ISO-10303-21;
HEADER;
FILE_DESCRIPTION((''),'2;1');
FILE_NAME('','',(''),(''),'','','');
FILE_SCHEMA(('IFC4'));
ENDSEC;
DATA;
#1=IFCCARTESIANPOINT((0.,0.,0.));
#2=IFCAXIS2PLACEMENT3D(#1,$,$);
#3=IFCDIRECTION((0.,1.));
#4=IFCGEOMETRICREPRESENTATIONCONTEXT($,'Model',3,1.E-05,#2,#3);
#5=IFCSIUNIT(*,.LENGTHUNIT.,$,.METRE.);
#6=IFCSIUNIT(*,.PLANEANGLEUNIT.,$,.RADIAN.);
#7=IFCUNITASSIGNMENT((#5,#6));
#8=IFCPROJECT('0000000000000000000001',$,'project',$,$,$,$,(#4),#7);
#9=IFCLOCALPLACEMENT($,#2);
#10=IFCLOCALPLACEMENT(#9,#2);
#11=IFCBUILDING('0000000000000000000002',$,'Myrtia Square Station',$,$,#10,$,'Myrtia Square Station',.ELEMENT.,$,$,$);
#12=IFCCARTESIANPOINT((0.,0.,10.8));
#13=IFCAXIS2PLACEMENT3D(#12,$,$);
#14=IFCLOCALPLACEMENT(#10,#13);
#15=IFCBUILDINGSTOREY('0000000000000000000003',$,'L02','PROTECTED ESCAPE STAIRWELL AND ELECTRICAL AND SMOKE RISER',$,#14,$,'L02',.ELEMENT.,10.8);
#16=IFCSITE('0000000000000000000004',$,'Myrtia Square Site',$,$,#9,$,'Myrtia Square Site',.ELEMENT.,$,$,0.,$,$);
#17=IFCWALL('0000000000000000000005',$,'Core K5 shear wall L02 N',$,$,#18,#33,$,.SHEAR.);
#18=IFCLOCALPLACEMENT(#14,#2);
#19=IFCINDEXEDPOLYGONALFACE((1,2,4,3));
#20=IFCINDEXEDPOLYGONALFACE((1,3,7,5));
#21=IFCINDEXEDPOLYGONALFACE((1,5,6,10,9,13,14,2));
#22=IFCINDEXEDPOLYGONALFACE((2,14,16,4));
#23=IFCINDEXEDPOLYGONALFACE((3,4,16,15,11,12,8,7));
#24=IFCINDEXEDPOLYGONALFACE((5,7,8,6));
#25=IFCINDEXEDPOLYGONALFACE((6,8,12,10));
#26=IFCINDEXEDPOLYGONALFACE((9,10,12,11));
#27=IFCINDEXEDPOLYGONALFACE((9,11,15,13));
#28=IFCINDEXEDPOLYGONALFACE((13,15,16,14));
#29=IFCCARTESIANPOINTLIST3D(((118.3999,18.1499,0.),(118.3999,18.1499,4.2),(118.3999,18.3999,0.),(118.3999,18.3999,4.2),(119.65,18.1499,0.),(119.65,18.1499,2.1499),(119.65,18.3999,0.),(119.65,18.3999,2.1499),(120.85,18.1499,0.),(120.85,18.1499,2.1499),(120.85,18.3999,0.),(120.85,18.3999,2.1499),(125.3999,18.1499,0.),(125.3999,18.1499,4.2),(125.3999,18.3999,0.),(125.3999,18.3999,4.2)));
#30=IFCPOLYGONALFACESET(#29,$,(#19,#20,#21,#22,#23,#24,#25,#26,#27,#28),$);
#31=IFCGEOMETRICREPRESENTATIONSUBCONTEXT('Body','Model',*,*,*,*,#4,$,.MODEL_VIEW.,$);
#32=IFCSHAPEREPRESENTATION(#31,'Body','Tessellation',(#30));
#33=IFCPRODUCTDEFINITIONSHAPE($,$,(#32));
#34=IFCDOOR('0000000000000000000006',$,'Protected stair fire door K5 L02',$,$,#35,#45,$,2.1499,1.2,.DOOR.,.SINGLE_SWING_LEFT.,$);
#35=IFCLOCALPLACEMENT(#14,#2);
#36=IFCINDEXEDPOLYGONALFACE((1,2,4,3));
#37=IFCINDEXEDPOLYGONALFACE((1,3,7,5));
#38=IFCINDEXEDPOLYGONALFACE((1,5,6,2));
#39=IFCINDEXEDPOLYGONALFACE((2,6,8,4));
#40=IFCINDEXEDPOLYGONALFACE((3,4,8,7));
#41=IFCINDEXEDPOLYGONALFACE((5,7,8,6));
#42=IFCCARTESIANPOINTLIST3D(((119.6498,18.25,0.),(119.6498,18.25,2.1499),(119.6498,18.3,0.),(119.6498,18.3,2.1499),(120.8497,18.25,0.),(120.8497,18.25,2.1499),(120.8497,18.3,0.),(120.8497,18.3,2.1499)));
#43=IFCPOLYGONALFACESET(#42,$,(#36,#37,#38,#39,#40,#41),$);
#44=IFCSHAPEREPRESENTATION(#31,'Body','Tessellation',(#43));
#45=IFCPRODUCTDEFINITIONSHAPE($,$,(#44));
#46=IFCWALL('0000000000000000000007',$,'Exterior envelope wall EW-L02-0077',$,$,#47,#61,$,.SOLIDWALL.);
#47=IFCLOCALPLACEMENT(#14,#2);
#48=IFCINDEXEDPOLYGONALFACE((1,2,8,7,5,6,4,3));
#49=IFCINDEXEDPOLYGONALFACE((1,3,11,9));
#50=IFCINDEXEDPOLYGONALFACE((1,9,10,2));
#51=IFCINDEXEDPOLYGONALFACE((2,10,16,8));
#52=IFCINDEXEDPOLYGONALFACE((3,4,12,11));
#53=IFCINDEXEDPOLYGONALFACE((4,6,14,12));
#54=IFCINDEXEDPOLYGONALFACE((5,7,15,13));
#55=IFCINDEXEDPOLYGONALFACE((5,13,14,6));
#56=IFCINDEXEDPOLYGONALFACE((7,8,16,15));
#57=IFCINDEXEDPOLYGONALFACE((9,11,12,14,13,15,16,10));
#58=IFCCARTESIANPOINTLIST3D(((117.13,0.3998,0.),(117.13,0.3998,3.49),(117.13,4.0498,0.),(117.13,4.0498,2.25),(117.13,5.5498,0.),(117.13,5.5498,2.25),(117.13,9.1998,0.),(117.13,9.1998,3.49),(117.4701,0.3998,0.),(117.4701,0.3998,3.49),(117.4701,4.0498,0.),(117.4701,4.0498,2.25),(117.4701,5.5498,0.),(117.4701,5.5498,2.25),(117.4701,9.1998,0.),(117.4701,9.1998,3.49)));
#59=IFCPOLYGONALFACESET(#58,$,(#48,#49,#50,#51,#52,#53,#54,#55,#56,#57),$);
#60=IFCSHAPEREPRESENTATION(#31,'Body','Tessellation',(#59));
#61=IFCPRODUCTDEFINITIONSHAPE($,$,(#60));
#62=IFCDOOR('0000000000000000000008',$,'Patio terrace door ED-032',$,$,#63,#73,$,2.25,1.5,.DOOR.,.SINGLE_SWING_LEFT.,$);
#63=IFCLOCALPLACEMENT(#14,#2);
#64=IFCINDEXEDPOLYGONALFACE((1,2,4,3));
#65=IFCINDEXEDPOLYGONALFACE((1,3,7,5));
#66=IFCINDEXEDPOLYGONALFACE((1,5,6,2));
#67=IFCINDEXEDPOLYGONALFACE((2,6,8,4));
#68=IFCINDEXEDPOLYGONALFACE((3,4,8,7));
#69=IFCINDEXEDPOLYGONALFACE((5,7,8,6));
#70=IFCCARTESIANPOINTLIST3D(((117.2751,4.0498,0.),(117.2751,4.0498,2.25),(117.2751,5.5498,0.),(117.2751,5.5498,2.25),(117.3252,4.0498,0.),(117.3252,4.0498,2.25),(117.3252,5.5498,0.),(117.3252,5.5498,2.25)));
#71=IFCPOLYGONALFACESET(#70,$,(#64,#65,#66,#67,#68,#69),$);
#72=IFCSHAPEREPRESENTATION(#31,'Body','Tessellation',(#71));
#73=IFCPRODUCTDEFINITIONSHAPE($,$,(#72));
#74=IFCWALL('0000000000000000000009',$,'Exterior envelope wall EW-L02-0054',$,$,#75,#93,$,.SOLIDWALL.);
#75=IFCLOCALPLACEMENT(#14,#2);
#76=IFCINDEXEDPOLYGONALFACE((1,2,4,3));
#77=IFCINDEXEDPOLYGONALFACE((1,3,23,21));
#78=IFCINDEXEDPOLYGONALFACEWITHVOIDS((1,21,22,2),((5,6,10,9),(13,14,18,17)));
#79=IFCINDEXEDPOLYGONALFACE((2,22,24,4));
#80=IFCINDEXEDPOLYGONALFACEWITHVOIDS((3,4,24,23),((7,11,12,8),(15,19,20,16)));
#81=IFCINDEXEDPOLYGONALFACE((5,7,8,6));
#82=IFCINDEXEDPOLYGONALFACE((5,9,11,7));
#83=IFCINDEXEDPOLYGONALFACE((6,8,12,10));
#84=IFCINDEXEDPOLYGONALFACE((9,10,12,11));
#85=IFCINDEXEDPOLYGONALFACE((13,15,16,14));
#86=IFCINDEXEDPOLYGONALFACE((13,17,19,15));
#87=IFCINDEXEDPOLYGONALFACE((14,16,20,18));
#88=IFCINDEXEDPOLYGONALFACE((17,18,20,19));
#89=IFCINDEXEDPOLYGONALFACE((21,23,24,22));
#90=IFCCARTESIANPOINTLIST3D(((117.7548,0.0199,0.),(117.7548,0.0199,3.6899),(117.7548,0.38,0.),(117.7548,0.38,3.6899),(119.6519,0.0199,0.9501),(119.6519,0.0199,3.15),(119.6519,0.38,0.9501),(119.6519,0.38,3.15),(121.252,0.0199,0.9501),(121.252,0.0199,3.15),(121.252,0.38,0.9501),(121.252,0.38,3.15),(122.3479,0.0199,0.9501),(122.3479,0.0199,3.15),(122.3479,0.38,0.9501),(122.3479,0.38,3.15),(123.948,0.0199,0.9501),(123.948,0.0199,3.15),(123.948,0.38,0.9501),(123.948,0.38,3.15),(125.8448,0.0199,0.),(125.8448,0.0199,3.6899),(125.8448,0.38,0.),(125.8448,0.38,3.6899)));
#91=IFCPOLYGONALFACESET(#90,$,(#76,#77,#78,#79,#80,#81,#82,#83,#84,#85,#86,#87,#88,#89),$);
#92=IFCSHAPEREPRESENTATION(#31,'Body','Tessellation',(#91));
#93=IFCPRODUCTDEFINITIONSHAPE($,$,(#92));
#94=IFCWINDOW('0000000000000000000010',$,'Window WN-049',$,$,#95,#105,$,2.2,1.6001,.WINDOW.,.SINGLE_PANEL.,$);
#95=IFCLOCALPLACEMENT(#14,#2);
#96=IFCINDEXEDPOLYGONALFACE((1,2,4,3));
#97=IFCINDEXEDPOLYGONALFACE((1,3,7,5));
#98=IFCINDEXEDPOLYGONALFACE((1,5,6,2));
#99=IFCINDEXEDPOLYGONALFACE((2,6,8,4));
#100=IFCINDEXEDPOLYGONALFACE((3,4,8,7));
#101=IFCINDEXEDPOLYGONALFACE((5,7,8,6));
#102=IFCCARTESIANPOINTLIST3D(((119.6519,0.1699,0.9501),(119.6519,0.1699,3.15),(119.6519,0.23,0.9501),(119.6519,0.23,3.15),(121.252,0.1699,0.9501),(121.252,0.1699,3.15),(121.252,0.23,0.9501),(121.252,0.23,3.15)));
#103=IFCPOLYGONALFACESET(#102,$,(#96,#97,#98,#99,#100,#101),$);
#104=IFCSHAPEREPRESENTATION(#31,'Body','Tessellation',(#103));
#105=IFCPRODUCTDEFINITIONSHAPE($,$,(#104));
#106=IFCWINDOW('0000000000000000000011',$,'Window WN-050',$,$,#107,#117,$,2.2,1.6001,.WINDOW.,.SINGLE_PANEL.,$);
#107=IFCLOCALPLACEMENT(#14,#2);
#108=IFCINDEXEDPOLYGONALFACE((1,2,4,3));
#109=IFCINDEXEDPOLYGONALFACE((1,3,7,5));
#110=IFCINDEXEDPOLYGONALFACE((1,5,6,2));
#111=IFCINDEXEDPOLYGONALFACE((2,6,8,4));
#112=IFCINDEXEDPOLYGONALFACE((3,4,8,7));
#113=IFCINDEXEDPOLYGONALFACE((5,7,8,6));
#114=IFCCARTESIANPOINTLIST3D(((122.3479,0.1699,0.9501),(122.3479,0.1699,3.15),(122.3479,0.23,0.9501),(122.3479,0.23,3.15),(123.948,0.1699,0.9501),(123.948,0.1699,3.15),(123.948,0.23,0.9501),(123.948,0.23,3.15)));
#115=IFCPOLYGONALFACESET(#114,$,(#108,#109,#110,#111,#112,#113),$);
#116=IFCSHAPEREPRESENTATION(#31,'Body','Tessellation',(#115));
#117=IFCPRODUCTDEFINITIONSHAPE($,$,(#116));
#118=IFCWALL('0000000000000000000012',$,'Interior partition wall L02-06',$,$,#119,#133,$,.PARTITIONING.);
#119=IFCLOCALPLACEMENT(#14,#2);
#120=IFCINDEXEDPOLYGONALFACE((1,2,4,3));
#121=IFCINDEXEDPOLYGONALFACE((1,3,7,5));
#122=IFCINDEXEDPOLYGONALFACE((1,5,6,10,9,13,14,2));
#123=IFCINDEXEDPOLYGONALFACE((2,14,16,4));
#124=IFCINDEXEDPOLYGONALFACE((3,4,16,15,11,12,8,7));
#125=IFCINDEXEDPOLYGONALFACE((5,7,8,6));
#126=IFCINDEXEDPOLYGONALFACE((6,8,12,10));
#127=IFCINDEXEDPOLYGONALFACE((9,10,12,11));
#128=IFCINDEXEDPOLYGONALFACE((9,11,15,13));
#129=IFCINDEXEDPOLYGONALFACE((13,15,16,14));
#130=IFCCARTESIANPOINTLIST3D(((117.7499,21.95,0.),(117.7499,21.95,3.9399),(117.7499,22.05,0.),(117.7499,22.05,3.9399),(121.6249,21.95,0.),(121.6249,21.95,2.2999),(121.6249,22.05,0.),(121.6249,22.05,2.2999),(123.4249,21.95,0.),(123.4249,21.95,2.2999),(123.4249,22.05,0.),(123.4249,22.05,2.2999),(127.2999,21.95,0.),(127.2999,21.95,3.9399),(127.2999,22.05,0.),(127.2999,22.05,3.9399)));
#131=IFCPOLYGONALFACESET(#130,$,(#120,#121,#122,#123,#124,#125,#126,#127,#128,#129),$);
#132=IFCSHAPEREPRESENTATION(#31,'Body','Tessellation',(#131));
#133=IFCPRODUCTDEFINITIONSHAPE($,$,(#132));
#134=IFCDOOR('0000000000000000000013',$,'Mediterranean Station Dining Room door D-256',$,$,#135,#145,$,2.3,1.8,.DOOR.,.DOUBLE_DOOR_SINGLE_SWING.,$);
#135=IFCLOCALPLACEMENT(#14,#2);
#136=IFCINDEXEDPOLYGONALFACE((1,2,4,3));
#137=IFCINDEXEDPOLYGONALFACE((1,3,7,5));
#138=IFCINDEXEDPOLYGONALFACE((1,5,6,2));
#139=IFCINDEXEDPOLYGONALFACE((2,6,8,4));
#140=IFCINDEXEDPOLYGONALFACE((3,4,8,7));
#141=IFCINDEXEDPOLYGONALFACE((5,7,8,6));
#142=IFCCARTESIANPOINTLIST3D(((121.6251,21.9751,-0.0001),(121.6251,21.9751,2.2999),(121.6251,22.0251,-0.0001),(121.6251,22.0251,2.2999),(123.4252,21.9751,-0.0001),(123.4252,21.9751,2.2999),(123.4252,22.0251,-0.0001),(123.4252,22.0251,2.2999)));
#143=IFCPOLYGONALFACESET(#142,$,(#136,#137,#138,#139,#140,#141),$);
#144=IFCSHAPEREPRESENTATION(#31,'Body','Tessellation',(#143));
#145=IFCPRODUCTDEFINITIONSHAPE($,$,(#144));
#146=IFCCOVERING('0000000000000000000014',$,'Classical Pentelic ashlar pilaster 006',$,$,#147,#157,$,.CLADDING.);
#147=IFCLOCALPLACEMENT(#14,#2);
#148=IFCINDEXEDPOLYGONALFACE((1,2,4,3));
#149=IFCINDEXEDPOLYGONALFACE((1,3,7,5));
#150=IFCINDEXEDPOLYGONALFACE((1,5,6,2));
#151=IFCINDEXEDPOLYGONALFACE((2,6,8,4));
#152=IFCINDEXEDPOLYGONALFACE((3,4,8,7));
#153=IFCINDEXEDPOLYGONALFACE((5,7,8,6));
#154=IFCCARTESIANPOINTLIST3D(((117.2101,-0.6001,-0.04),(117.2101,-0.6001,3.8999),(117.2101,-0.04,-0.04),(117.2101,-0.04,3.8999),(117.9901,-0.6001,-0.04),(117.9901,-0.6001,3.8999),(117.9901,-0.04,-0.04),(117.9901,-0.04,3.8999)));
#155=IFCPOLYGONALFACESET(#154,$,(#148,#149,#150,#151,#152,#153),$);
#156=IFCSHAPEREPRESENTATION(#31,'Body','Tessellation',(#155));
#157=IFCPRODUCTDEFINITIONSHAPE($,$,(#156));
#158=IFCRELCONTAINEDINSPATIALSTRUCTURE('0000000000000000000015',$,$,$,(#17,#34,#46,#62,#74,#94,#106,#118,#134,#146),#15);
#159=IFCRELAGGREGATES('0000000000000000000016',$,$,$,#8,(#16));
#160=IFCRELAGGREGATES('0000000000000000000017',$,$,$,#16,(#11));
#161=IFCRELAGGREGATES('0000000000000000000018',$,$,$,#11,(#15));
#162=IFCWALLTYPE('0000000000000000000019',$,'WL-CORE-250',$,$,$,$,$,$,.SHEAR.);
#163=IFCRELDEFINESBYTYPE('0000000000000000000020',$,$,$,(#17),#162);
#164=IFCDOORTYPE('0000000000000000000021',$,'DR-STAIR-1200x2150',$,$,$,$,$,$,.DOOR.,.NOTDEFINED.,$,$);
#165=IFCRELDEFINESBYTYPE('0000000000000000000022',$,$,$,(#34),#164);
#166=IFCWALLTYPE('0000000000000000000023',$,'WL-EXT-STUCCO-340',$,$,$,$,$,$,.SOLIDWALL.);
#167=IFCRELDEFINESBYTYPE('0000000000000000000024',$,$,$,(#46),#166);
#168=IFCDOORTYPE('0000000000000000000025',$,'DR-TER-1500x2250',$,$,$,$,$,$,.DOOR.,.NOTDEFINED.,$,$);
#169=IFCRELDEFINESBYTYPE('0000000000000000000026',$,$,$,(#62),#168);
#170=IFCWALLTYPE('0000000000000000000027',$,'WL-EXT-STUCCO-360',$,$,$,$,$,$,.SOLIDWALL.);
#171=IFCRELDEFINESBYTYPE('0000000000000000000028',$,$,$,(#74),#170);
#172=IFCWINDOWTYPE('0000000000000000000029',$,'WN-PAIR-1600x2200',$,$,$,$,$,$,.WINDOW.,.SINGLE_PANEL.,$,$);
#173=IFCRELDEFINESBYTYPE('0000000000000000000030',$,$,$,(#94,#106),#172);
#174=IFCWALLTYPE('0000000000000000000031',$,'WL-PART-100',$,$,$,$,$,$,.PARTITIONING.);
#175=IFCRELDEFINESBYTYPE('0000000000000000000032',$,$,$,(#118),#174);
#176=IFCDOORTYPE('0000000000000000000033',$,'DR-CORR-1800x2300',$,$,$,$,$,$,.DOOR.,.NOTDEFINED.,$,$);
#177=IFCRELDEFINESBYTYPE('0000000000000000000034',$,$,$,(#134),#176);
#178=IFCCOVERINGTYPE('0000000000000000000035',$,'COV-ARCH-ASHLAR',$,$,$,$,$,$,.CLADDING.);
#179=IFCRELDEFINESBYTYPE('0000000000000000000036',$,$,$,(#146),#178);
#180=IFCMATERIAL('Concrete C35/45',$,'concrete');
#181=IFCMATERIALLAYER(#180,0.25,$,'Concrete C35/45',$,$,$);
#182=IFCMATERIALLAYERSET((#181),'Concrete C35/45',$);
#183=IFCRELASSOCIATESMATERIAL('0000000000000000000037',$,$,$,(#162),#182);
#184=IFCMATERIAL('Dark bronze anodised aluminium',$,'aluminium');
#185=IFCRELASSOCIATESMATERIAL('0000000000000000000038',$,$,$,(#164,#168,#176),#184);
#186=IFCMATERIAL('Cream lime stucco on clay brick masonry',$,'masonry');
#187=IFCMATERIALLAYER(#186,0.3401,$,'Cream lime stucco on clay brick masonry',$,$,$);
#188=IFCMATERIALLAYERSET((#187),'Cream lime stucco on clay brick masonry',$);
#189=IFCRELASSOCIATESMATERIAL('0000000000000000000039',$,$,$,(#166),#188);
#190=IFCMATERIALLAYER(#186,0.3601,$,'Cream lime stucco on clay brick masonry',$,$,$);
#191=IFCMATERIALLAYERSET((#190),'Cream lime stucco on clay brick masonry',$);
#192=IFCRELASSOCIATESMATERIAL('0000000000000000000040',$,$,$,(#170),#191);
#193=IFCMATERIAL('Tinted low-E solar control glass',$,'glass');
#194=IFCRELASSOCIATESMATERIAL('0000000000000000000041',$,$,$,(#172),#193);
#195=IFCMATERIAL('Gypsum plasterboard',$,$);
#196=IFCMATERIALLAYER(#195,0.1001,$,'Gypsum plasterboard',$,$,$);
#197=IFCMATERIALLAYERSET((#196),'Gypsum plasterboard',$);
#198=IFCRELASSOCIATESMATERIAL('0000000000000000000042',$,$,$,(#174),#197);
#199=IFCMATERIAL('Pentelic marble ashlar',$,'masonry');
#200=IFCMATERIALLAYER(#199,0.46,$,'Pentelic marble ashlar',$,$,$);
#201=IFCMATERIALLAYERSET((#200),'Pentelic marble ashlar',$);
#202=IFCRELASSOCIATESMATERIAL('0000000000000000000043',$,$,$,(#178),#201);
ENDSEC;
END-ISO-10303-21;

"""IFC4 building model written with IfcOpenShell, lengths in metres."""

from ifc_helpers import new_model, si_unit, direction, frame, frame_2d, origin, origin_2d, place, context, subcontext, project, spatial, rectangle, extrude, material, layer, layer_set, type_object, element, fill, save


model = new_model("IFC4")

# Units and contexts
model_context = context("Model", 3, precision=1e-05, world=origin(), true_north=direction((0.0, 1.0)))
body_context = subcontext(model_context, "Body", "Model", "MODEL_VIEW")
ifc_project = project(units=[si_unit("LENGTHUNIT", "METRE"), si_unit("PLANEANGLEUNIT", "RADIAN")], contexts=[model_context])

# Site, building, storey
site_placement = place(None, origin())
site = spatial("IfcSite", under=ifc_project, at=site_placement, Name="Myrtia Square Site", LongName="Myrtia Square Site", CompositionType="ELEMENT", RefElevation=0.0)
building_placement = place(site_placement, origin())
building = spatial("IfcBuilding", under=site, at=building_placement, Name="Myrtia Square Station", LongName="Myrtia Square Station", CompositionType="ELEMENT")
storey_placement = place(building_placement, frame((0.0, 0.0, 10.8)))
storey = spatial("IfcBuildingStorey", under=building, at=storey_placement, Name="L02", Description="PROTECTED ESCAPE STAIRWELL AND ELECTRICAL AND SMOKE RISER", LongName="L02", CompositionType="ELEMENT", Elevation=10.8)

# Shared definitions
ifc_material_1 = material(Name="Concrete C35/45", Category="concrete")

# Shared definitions
ifc_layer_1 = layer(ifc_material_1, 0.25, Name="Concrete C35/45")
ifc_layer_set_1 = layer_set([ifc_layer_1], Name="Concrete C35/45")
wall_type_1 = type_object("IfcWallType", Name="WL-CORE-250", PredefinedType="SHEAR", material=ifc_layer_set_1)

# Walls, openings, doors
wall_1_placement = place(storey_placement, frame((118.3999, 18.2749, 0.0), z_axis=(0.0, 0.0, 1.0), x_axis=(1.0, 0.0, 0.0)))
wall_1 = element("IfcWall", 1, at=wall_1_placement, inside=storey, type_object=wall_type_1, Name="Core K5 shear wall L02 N", PredefinedType="SHEAR", context=body_context, shape_type="SweptSolid", body=[
    extrude(rectangle(XDim=7.0, YDim=0.25, at=frame_2d((3.5, 0.0))), origin(), (0.0, 0.0, 1.0), 4.2),
])
opening_1_placement = place(wall_1_placement, frame((1.25, 0.0, 0.0)))
opening_1 = element("IfcOpeningElement", 2, at=opening_1_placement, cuts=wall_1, PredefinedType="OPENING", context=body_context, shape_type="SweptSolid", body=[
    extrude(rectangle(XDim=1.2, YDim=2.1499, at=frame_2d((0.6001, 1.075))), frame((0.0, 0.1399, 0.0), z_axis=(0.0, -1.0, 0.0), x_axis=(1.0, 0.0, 0.0)), (0.0, 0.0, 1.0), 0.28),
])
ifc_material_2 = material(Name="Dark bronze anodised aluminium", Category="aluminium")
door_type_1 = type_object("IfcDoorType", Name="DR-STAIR-1200x2150", OperationType="NOTDEFINED", PredefinedType="DOOR", material=ifc_material_2)
door_1_placement = place(opening_1_placement, frame((1.2, 0.0, 0.0), z_axis=(0.0, 0.0, 1.0), x_axis=(-1.0, 0.0, 0.0)))
door_1 = element("IfcDoor", 3, at=door_1_placement, inside=storey, type_object=door_type_1, Name="Protected stair fire door K5 L02", OperationType="SINGLE_SWING_LEFT", OverallHeight=2.1499, OverallWidth=1.2, PredefinedType="DOOR", context=body_context, shape_type="SweptSolid", body=[
    extrude(rectangle(XDim=1.2, YDim=2.1499, at=frame_2d((0.6001, 1.075))), frame((0.0, 0.0249, 0.0), z_axis=(0.0, -1.0, 0.0), x_axis=(1.0, 0.0, 0.0)), (0.0, 0.0, 1.0), 0.05),
])
fill(opening_1, door_1)
ifc_material_3 = material(Name="Cream lime stucco on clay brick masonry", Category="masonry")
ifc_layer_2 = layer(ifc_material_3, 0.3401, Name="Cream lime stucco on clay brick masonry")
ifc_layer_set_2 = layer_set([ifc_layer_2], Name="Cream lime stucco on clay brick masonry")
wall_type_2 = type_object("IfcWallType", Name="WL-EXT-STUCCO-340", PredefinedType="SOLIDWALL", material=ifc_layer_set_2)
wall_2_placement = place(storey_placement, frame((117.3, 0.3999, 0.0), z_axis=(0.0, 0.0, 1.0), x_axis=(0.0, 1.0, 0.0)))
wall_2 = element("IfcWall", 4, at=wall_2_placement, inside=storey, type_object=wall_type_2, Name="Exterior envelope wall EW-L02-0077", PredefinedType="SOLIDWALL", context=body_context, shape_type="SweptSolid", body=[
    extrude(rectangle(XDim=8.8, YDim=0.3401, at=frame_2d((4.3999, 0.0))), origin(), (0.0, 0.0, 1.0), 3.49),
])
opening_2_placement = place(wall_2_placement, frame((3.6499, 0.0, 0.0)))
opening_2 = element("IfcOpeningElement", 5, at=opening_2_placement, cuts=wall_2, PredefinedType="OPENING", context=body_context, shape_type="SweptSolid", body=[
    extrude(rectangle(XDim=1.5, YDim=2.25, at=frame_2d((0.75, 1.125))), frame((0.0, 0.1851, 0.0), z_axis=(0.0, -1.0, 0.0), x_axis=(1.0, 0.0, 0.0)), (0.0, 0.0, 1.0), 0.3701),
])
door_type_2 = type_object("IfcDoorType", Name="DR-TER-1500x2250", OperationType="NOTDEFINED", PredefinedType="DOOR", material=ifc_material_2)
door_2_placement = place(opening_2_placement, origin())
door_2 = element("IfcDoor", 6, at=door_2_placement, inside=storey, type_object=door_type_2, Name="Patio terrace door ED-032", OperationType="SINGLE_SWING_LEFT", OverallHeight=2.25, OverallWidth=1.5, PredefinedType="DOOR", context=body_context, shape_type="SweptSolid", body=[
    extrude(rectangle(XDim=1.5, YDim=2.25, at=frame_2d((0.75, 1.125))), frame((0.0, 0.0249, 0.0), z_axis=(0.0, -1.0, 0.0), x_axis=(1.0, 0.0, 0.0)), (0.0, 0.0, 1.0), 0.05),
])
fill(opening_2, door_2)

# Wall, openings, windows
ifc_layer_3 = layer(ifc_material_3, 0.3601, Name="Cream lime stucco on clay brick masonry")
ifc_layer_set_3 = layer_set([ifc_layer_3], Name="Cream lime stucco on clay brick masonry")
wall_type_3 = type_object("IfcWallType", Name="WL-EXT-STUCCO-360", PredefinedType="SOLIDWALL", material=ifc_layer_set_3)
wall_3_placement = place(storey_placement, frame((117.7549, 0.2, 0.0), z_axis=(0.0, 0.0, 1.0), x_axis=(1.0, 0.0, 0.0)))
wall_3 = element("IfcWall", 7, at=wall_3_placement, inside=storey, type_object=wall_type_3, Name="Exterior envelope wall EW-L02-0054", PredefinedType="SOLIDWALL", context=body_context, shape_type="SweptSolid", body=[
    extrude(rectangle(XDim=8.0901, YDim=0.3601, at=frame_2d((4.0449, 0.0))), origin(), (0.0, 0.0, 1.0), 3.6899),
])
opening_3_placement = place(wall_3_placement, frame((1.897, 0.0, 0.95)))
opening_3 = element("IfcOpeningElement", 8, at=opening_3_placement, cuts=wall_3, PredefinedType="OPENING", context=body_context, shape_type="SweptSolid", body=[
    extrude(rectangle(XDim=1.6001, YDim=2.2, at=frame_2d((0.8, 1.1001))), frame((0.0, 0.1951, 0.0), z_axis=(0.0, -1.0, 0.0), x_axis=(1.0, 0.0, 0.0)), (0.0, 0.0, 1.0), 0.3901),
])
opening_4_placement = place(wall_3_placement, frame((4.593, 0.0, 0.95)))
opening_4 = element("IfcOpeningElement", 9, at=opening_4_placement, cuts=wall_3, PredefinedType="OPENING", context=body_context, shape_type="SweptSolid", body=[
    extrude(rectangle(XDim=1.6001, YDim=2.2, at=frame_2d((0.8, 1.1001))), frame((0.0, 0.1951, 0.0), z_axis=(0.0, -1.0, 0.0), x_axis=(1.0, 0.0, 0.0)), (0.0, 0.0, 1.0), 0.3901),
])
ifc_material_4 = material(Name="Tinted low-E solar control glass", Category="glass")
window_type = type_object("IfcWindowType", Name="WN-PAIR-1600x2200", PartitioningType="SINGLE_PANEL", PredefinedType="WINDOW", material=ifc_material_4)
window_1_placement = place(opening_3_placement, origin())
window_1 = element("IfcWindow", 10, at=window_1_placement, inside=storey, type_object=window_type, Name="Window WN-049", OverallHeight=2.2, OverallWidth=1.6001, PartitioningType="SINGLE_PANEL", PredefinedType="WINDOW", context=body_context, shape_type="SweptSolid", body=[
    extrude(rectangle(XDim=1.6001, YDim=2.2, at=frame_2d((0.8, 1.1001))), frame((0.0, 0.03, 0.0), z_axis=(0.0, -1.0, 0.0), x_axis=(1.0, 0.0, 0.0)), (0.0, 0.0, 1.0), 0.0601),
])
fill(opening_3, window_1)
window_2_placement = place(opening_4_placement, origin())
window_2 = element("IfcWindow", 11, at=window_2_placement, inside=storey, type_object=window_type, Name="Window WN-050", OverallHeight=2.2, OverallWidth=1.6001, PartitioningType="SINGLE_PANEL", PredefinedType="WINDOW", context=body_context, shape_type="SweptSolid", body=[
    extrude(rectangle(XDim=1.6001, YDim=2.2, at=frame_2d((0.8, 1.1001))), frame((0.0, 0.03, 0.0), z_axis=(0.0, -1.0, 0.0), x_axis=(1.0, 0.0, 0.0)), (0.0, 0.0, 1.0), 0.0601),
])
fill(opening_4, window_2)

# Wall, opening, door
ifc_material_5 = material(Name="Gypsum plasterboard")
ifc_layer_4 = layer(ifc_material_5, 0.1001, Name="Gypsum plasterboard")
ifc_layer_set_4 = layer_set([ifc_layer_4], Name="Gypsum plasterboard")
wall_type_4 = type_object("IfcWallType", Name="WL-PART-100", PredefinedType="PARTITIONING", material=ifc_layer_set_4)
wall_4_placement = place(storey_placement, frame((117.75, 22.0, 0.0), z_axis=(0.0, 0.0, 1.0), x_axis=(1.0, 0.0, 0.0)))
wall_4 = element("IfcWall", 12, at=wall_4_placement, inside=storey, type_object=wall_type_4, Name="Interior partition wall L02-06", PredefinedType="PARTITIONING", context=body_context, shape_type="SweptSolid", body=[
    extrude(rectangle(XDim=9.55, YDim=0.1001, at=frame_2d((4.7749, 0.0))), origin(), (0.0, 0.0, 1.0), 3.9399),
])
opening_5_placement = place(wall_4_placement, frame((3.875, 0.0, 0.0)))
opening_5 = element("IfcOpeningElement", 13, at=opening_5_placement, cuts=wall_4, PredefinedType="OPENING", context=body_context, shape_type="SweptSolid", body=[
    extrude(rectangle(XDim=1.8, YDim=2.3, at=frame_2d((0.8999, 1.1499))), frame((0.0, 0.0649, 0.0), z_axis=(0.0, -1.0, 0.0), x_axis=(1.0, 0.0, 0.0)), (0.0, 0.0, 1.0), 0.1301),
])
door_type_3 = type_object("IfcDoorType", Name="DR-CORR-1800x2300", OperationType="NOTDEFINED", PredefinedType="DOOR", material=ifc_material_2)
door_3_placement = place(opening_5_placement, frame((1.8, 0.0, 0.0), z_axis=(0.0, 0.0, 1.0), x_axis=(-1.0, 0.0, 0.0)))
door_3 = element("IfcDoor", 14, at=door_3_placement, inside=storey, type_object=door_type_3, Name="Mediterranean Station Dining Room door D-256", OperationType="DOUBLE_DOOR_SINGLE_SWING", OverallHeight=2.3, OverallWidth=1.8, PredefinedType="DOOR", context=body_context, shape_type="SweptSolid", body=[
    extrude(rectangle(XDim=1.8, YDim=2.3, at=frame_2d((0.8999, 1.1499))), frame((0.0, 0.0249, 0.0), z_axis=(0.0, -1.0, 0.0), x_axis=(1.0, 0.0, 0.0)), (0.0, 0.0, 1.0), 0.05),
])
fill(opening_5, door_3)

# Covering
ifc_material_6 = material(Name="Pentelic marble ashlar", Category="masonry")
ifc_layer_5 = layer(ifc_material_6, 0.46, Name="Pentelic marble ashlar")
ifc_layer_set_5 = layer_set([ifc_layer_5], Name="Pentelic marble ashlar")
covering_type_1 = type_object("IfcCoveringType", Name="COV-ARCH-ASHLAR", PredefinedType="CLADDING", material=ifc_layer_set_5)
covering_1_placement = place(storey_placement, frame((117.6001, -0.3201, -0.04), z_axis=(0.0, 0.0, 1.0), x_axis=(1.0, 0.0, 0.0)))
element("IfcCovering", 15, at=covering_1_placement, inside=storey, type_object=covering_type_1, Name="Classical Pentelic ashlar pilaster 006", PredefinedType="CLADDING", context=body_context, shape_type="SweptSolid", body=[
    extrude(rectangle(XDim=0.78, YDim=0.5601, at=origin_2d()), origin(), (0.0, 0.0, 1.0), 3.9399),
])

save(model, "model.ifc")
